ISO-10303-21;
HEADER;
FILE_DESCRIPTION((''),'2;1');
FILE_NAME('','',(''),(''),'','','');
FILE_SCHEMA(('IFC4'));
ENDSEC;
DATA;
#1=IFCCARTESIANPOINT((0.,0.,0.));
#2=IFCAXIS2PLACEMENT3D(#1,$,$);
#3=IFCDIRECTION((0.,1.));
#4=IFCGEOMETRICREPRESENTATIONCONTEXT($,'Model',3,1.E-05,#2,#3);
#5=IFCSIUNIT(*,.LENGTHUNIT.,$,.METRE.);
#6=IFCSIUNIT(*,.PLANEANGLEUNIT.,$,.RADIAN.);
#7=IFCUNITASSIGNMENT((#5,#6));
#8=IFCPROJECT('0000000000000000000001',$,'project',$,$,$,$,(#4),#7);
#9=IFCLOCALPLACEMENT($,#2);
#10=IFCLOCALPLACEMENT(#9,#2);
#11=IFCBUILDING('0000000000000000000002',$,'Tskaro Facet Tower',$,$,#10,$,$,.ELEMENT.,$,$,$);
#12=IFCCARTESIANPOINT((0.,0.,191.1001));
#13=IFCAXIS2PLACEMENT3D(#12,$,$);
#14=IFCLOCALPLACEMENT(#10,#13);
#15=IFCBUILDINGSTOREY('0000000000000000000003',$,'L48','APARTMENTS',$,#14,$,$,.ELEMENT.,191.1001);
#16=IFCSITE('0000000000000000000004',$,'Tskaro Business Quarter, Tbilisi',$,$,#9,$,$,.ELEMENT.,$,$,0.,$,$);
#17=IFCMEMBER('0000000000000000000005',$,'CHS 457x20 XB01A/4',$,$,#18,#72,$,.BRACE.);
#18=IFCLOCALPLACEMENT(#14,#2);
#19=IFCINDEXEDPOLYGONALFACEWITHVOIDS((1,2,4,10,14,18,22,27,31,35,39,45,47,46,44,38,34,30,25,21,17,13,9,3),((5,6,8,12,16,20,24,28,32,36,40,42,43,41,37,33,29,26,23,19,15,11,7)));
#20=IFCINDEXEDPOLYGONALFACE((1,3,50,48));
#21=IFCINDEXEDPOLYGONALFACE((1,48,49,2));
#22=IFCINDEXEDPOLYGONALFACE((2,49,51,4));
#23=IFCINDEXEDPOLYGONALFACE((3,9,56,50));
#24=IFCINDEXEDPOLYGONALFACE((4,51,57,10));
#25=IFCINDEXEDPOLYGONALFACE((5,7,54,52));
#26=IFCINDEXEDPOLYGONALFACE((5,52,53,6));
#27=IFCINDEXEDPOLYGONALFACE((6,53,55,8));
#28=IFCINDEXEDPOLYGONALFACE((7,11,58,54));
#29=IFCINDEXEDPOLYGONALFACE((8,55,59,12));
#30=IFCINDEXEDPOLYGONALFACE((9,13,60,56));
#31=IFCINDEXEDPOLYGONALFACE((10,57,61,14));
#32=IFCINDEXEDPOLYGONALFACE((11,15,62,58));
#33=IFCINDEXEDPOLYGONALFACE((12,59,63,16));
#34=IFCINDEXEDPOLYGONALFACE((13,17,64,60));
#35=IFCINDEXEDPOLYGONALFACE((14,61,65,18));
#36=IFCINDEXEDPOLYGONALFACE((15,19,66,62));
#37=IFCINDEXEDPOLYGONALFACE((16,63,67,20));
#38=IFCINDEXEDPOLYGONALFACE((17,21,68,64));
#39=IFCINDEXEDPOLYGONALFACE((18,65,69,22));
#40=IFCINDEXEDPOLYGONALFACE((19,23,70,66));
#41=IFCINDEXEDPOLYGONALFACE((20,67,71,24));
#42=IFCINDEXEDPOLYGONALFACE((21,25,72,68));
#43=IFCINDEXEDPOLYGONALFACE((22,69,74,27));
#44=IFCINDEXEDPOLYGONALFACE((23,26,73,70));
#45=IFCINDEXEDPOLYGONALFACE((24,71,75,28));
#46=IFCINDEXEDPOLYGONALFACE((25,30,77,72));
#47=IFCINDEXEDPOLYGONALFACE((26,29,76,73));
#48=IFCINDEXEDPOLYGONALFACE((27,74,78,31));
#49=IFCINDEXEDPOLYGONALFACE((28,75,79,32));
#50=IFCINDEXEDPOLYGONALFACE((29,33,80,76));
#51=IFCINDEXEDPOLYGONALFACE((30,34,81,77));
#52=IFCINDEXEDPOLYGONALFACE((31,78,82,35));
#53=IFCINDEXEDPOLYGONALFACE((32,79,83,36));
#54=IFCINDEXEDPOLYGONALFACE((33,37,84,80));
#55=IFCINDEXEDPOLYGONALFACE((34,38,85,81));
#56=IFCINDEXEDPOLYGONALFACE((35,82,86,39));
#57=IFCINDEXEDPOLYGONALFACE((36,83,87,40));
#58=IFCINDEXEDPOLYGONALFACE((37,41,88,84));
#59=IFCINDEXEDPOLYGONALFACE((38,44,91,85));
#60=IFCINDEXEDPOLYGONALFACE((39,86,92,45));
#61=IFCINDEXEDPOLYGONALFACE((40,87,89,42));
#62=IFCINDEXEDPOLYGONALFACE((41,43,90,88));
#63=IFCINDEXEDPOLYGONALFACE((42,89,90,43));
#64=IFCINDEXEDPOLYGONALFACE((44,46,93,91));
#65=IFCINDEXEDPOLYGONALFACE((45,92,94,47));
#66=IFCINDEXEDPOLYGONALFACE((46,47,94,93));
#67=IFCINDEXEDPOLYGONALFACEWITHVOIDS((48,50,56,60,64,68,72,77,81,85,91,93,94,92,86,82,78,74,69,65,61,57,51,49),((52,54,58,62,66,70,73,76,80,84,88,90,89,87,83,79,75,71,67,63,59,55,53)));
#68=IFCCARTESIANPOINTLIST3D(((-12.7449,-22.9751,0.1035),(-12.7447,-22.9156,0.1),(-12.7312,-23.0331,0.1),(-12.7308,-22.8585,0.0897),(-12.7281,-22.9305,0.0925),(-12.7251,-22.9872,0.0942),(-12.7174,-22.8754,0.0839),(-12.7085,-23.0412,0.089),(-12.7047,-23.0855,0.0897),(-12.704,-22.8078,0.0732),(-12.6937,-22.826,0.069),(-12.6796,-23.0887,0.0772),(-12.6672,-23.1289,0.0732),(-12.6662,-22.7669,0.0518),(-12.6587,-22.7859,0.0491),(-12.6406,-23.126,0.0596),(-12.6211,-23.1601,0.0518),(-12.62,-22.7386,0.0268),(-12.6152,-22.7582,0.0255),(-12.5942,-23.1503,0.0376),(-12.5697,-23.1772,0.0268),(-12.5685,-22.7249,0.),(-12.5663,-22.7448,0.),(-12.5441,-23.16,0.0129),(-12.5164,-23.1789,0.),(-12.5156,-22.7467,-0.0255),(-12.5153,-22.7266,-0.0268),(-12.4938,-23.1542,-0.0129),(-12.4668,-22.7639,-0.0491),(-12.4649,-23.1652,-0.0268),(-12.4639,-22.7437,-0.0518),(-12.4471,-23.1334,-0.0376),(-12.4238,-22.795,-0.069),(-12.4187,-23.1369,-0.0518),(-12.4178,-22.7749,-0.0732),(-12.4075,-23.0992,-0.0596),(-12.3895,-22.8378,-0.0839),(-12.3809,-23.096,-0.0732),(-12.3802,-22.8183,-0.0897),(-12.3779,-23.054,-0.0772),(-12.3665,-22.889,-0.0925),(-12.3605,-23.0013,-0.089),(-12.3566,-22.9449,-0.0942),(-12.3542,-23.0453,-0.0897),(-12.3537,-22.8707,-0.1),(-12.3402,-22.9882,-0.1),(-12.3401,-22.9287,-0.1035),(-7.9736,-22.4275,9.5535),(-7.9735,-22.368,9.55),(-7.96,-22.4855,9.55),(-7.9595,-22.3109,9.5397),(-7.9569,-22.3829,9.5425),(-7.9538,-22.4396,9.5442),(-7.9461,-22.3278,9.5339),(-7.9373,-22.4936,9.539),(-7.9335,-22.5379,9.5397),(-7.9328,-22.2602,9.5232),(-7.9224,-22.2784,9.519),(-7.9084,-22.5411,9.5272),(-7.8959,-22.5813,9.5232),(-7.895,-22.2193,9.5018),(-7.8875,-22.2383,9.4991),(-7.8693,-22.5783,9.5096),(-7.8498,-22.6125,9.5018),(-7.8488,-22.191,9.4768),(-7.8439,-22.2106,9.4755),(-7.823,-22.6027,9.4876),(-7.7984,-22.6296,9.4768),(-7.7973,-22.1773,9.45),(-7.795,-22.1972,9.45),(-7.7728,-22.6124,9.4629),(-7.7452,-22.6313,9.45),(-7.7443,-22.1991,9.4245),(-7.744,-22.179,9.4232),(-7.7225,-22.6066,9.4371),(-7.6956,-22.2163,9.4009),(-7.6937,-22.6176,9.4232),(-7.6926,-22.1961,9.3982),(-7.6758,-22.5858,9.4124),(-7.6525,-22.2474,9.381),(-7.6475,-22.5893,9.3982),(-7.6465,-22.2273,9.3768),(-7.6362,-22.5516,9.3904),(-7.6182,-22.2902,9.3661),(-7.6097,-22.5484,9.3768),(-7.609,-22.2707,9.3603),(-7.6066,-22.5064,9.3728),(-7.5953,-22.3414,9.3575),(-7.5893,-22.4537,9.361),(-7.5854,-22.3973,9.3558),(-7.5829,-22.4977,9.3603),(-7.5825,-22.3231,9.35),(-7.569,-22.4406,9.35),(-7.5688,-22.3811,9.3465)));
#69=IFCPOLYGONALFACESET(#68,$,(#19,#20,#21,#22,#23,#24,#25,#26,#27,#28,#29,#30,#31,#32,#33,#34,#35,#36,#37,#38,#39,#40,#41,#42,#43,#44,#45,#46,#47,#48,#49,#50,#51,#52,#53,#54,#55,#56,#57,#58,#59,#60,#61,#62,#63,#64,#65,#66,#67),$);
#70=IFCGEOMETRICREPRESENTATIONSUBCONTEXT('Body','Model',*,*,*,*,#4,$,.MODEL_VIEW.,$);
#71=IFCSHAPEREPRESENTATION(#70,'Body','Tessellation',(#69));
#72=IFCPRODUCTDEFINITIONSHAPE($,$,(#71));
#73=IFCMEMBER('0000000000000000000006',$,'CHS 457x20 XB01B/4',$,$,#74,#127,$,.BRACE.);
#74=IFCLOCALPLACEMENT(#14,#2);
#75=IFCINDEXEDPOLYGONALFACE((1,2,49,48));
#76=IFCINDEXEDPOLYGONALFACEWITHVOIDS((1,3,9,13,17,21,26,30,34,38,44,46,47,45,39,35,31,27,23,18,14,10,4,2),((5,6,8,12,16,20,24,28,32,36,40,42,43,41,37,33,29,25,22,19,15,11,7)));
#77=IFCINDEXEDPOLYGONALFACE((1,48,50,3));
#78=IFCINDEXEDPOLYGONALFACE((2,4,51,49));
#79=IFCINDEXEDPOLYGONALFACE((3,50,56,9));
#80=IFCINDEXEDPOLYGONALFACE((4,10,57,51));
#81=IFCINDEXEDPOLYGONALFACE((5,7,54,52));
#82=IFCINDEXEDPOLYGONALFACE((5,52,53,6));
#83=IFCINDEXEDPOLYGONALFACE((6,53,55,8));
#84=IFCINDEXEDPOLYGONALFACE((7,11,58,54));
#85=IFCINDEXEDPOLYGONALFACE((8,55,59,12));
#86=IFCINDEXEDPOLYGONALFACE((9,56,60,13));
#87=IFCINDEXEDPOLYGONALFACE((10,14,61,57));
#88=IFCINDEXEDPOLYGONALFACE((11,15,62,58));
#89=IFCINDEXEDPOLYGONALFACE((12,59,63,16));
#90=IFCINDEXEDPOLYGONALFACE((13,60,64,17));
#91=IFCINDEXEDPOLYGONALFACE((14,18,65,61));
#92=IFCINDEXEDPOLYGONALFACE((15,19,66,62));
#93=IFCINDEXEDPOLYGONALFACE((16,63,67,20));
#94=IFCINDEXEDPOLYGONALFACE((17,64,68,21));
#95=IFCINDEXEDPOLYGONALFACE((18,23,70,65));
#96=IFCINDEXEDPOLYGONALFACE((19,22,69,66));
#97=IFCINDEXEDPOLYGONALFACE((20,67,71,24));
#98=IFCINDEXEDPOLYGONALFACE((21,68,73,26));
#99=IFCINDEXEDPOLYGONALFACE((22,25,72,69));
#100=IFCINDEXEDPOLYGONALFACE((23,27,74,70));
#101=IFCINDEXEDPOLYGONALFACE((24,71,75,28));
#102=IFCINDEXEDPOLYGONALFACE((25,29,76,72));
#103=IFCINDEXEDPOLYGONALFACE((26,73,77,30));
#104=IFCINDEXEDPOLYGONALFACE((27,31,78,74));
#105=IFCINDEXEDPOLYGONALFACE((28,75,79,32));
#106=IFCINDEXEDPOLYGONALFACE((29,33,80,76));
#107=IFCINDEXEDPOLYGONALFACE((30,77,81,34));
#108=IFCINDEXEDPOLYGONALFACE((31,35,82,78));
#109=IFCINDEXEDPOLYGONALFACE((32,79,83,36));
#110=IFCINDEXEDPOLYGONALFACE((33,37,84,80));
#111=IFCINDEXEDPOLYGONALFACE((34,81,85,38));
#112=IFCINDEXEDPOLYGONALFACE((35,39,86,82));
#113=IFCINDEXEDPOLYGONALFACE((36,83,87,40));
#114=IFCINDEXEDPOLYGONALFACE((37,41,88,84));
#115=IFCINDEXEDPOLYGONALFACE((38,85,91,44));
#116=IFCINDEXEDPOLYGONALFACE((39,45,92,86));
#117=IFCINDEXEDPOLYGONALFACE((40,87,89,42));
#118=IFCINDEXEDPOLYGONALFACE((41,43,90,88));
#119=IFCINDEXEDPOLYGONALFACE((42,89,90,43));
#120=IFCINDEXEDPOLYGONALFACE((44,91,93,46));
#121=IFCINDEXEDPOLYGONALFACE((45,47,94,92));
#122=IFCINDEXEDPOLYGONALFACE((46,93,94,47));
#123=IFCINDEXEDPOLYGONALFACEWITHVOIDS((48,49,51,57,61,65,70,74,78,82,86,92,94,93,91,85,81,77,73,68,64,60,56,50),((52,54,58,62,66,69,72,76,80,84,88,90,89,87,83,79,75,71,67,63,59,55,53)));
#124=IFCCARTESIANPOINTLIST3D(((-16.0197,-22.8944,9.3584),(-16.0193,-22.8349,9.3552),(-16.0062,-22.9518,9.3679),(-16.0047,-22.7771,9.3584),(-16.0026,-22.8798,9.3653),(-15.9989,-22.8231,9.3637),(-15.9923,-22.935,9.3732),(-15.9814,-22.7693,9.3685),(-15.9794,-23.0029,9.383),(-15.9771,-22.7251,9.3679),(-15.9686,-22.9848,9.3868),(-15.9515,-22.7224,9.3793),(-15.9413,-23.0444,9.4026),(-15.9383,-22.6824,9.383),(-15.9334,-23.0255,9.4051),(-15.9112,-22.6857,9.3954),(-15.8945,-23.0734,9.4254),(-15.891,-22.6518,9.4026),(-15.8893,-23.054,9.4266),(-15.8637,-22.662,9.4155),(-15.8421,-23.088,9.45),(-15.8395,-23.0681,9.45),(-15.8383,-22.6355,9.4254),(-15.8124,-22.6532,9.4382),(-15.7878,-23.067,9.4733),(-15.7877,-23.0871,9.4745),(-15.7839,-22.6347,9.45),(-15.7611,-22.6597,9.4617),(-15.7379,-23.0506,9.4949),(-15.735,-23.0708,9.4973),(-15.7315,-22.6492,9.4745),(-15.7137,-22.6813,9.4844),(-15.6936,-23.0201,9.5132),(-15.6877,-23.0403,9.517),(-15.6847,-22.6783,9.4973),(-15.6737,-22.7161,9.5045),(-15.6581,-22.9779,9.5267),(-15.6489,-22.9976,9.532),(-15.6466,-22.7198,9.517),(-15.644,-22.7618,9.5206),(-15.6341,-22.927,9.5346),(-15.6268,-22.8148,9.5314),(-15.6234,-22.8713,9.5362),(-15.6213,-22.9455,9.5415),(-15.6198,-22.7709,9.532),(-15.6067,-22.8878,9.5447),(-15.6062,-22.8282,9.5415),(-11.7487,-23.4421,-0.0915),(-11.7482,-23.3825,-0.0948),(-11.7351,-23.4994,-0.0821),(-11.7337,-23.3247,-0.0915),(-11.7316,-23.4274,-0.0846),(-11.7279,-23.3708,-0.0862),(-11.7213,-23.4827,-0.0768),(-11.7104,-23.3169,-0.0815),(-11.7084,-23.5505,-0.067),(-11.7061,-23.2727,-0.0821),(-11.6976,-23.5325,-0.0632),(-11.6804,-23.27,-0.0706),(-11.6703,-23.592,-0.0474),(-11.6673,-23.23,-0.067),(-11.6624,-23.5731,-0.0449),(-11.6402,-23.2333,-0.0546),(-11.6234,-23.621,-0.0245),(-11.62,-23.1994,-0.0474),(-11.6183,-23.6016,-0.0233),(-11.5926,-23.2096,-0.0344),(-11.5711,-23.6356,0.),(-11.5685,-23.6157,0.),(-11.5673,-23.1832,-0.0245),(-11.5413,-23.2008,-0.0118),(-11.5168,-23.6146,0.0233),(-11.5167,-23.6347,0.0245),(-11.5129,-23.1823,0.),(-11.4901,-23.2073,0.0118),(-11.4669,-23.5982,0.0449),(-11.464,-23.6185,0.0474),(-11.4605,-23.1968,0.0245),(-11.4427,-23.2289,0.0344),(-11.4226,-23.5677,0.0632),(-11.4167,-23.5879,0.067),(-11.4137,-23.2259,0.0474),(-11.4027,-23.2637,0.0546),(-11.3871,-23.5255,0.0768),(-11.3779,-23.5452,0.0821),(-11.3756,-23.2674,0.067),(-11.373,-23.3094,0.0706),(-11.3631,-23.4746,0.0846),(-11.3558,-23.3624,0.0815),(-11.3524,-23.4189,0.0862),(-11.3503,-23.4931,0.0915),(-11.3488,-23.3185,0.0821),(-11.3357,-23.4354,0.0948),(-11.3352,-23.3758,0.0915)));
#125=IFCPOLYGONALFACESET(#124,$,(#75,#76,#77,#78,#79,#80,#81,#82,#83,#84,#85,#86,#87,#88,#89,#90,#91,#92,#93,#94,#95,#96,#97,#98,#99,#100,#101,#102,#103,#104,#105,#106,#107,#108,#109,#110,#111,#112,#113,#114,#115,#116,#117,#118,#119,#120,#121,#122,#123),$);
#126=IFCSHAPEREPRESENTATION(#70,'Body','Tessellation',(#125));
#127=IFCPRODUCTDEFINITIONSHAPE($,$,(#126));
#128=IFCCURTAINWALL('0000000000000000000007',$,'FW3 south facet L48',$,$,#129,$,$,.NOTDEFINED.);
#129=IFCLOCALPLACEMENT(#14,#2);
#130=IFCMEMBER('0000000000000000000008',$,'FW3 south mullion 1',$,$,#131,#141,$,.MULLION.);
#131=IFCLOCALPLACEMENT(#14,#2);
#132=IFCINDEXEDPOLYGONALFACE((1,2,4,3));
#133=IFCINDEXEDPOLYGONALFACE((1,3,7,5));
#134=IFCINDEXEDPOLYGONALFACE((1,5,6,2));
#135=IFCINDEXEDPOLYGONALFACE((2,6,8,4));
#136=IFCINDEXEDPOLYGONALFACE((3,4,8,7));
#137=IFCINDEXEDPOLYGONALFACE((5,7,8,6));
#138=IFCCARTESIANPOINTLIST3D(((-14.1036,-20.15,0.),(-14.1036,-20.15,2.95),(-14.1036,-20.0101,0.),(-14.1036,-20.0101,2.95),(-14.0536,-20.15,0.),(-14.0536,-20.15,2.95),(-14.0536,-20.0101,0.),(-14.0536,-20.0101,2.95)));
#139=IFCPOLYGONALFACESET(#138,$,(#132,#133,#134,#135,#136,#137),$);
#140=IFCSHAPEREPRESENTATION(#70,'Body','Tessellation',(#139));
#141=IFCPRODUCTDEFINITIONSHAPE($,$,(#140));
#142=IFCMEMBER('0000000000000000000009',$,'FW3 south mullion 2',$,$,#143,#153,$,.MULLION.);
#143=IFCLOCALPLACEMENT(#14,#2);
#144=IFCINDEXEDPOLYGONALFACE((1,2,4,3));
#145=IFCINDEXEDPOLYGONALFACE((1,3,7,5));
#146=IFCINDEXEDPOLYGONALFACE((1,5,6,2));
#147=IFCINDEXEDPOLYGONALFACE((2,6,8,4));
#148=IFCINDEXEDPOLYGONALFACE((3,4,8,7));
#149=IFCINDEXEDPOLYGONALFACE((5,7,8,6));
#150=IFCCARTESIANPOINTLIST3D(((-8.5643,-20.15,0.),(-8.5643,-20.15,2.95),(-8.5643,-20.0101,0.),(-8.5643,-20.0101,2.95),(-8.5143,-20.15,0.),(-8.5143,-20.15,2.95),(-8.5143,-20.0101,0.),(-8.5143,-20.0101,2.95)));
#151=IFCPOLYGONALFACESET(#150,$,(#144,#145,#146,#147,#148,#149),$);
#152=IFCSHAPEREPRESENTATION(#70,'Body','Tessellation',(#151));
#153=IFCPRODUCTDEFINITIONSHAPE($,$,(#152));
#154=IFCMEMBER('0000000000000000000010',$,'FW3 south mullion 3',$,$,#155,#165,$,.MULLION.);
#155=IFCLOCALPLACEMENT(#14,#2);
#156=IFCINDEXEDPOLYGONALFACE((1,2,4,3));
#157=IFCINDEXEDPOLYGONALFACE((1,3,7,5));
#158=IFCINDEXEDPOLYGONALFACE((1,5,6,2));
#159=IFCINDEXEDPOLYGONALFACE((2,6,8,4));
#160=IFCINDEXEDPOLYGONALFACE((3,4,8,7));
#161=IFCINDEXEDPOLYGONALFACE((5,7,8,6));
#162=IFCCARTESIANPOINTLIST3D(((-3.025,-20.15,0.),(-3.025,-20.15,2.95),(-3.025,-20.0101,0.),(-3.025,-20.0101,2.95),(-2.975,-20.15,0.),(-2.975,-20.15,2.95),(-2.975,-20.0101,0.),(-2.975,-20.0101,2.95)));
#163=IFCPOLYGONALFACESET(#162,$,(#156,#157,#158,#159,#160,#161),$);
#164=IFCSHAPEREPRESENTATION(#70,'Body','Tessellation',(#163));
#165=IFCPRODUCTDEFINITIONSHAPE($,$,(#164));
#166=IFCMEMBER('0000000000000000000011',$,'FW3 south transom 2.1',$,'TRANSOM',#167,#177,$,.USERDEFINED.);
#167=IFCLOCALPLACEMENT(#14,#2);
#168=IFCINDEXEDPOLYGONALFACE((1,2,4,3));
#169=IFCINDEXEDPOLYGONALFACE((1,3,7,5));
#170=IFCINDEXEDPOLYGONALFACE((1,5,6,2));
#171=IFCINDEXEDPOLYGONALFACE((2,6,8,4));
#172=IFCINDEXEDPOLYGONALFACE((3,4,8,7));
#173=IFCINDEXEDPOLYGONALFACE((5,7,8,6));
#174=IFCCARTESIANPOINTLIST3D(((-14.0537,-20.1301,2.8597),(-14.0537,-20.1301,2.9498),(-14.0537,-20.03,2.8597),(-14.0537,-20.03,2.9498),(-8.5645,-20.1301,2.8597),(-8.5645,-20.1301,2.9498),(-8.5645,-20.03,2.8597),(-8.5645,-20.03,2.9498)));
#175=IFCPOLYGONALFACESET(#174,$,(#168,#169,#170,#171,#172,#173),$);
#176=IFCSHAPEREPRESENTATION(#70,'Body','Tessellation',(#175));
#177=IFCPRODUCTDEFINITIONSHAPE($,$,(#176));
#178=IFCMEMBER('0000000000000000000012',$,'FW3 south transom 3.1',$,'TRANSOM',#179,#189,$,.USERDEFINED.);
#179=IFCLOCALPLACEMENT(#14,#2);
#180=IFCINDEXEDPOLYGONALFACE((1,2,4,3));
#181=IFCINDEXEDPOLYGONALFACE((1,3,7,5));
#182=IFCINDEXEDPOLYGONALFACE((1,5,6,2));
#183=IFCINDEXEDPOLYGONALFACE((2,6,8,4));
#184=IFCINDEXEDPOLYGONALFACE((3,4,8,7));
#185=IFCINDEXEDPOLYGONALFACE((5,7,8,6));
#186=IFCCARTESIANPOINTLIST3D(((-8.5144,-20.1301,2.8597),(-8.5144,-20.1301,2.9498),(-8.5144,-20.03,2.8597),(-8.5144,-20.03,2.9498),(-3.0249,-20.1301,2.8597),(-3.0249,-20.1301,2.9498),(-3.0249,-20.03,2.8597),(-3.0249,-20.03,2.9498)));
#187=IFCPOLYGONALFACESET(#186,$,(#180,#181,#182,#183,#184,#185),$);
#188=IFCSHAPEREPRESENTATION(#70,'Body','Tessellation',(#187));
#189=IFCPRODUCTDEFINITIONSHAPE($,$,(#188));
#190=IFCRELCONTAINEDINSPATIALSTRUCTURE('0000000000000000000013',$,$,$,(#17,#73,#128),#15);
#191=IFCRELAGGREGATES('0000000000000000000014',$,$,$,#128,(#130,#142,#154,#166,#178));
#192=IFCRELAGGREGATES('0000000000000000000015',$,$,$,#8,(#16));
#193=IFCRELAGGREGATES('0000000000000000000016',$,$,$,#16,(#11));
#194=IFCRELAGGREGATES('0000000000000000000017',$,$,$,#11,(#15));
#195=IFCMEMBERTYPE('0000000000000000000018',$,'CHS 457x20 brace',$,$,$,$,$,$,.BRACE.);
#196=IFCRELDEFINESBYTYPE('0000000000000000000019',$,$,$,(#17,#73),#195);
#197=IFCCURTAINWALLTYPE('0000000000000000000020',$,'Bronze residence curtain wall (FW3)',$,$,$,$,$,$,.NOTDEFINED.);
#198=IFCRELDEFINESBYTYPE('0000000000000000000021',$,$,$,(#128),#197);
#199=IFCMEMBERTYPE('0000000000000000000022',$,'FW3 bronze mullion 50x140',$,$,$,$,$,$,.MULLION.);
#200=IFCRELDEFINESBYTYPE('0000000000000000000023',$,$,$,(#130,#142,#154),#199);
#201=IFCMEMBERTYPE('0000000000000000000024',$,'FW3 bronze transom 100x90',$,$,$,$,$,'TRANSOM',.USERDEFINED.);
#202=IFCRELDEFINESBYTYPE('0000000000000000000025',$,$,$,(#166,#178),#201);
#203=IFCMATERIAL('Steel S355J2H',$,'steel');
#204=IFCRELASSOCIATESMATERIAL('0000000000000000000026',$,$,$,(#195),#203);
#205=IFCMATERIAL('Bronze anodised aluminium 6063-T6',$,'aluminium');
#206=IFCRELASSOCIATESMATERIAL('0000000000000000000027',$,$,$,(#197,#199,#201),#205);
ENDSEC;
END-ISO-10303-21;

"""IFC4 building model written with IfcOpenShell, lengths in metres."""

from ifc_helpers import new_model, si_unit, direction, frame, origin, origin_2d, place, context, subcontext, project, spatial, rectangle, hollow_circle, extrude, material, material_profile, profile_set, type_object, element, aggregate, save


model = new_model("IFC4")

# Units and contexts
model_context = context("Model", 3, precision=1e-05, world=origin(), true_north=direction((0.0, 1.0)))
body_context = subcontext(model_context, "Body", "Model", "MODEL_VIEW")
ifc_project = project(units=[si_unit("LENGTHUNIT", "METRE"), si_unit("PLANEANGLEUNIT", "RADIAN")], contexts=[model_context])

# Site, building, storey
site_placement = place(None, origin())
site = spatial("IfcSite", under=ifc_project, at=site_placement, Name="Tskaro Business Quarter, Tbilisi", CompositionType="ELEMENT", RefElevation=0.0)
building_placement = place(site_placement, origin())
building = spatial("IfcBuilding", under=site, at=building_placement, Name="Tskaro Facet Tower", CompositionType="ELEMENT")
storey_placement = place(building_placement, frame((0.0, 0.0, 191.1001)))
storey = spatial("IfcBuildingStorey", under=building, at=storey_placement, Name="L48", Description="APARTMENTS", CompositionType="ELEMENT", Elevation=191.1001)

# Shared definitions
ifc_material_1 = material(Name="Steel S355J2H", Category="steel")

# Members
ifc_material_profile_1 = material_profile(ifc_material_1, hollow_circle(Radius=0.2285, WallThickness=0.02, at=origin_2d()), Name="CHS 457x20")
ifc_profile_set_1 = profile_set([ifc_material_profile_1], Name="Steel S355J2H")
member_type_1 = type_object("IfcMemberType", Name="CHS 457x20 brace", PredefinedType="BRACE", material=ifc_profile_set_1)
member_1_placement = place(storey_placement, frame((-12.5425, -22.9519, 0.0), z_axis=(0.450105, 0.05166, 0.89148), x_axis=(-0.114024, 0.993478, 0.0)))
element("IfcMember", 1, at=member_1_placement, inside=storey, type_object=member_type_1, Name="CHS 457x20 XB01A/4", PredefinedType="BRACE", context=body_context, shape_type="SweptSolid", body=[
    extrude(hollow_circle(Radius=0.2285, WallThickness=0.02, at=origin_2d()), origin(), (0.0, 0.0, 1.0), 10.6003),
])
member_2_placement = place(storey_placement, frame((-11.542, -23.4089, 0.0), z_axis=(-0.411276, 0.052732, 0.909984), x_axis=(-0.127174, -0.99188, 0.0)))
element("IfcMember", 2, at=member_2_placement, inside=storey, type_object=member_type_1, Name="CHS 457x20 XB01B/4", PredefinedType="BRACE", context=body_context, shape_type="SweptSolid", body=[
    extrude(hollow_circle(Radius=0.2285, WallThickness=0.02, at=origin_2d()), origin(), (0.0, 0.0, 1.0), 10.3848),
])

# Curtain wall, members
ifc_material_2 = material(Name="Bronze anodised aluminium 6063-T6", Category="aluminium")
curtain_wall_type = type_object("IfcCurtainWallType", Name="Bronze residence curtain wall (FW3)", PredefinedType="NOTDEFINED", material=ifc_material_2)
curtain_wall_placement = place(storey_placement, origin())
curtain_wall = element("IfcCurtainWall", 3, at=curtain_wall_placement, inside=storey, type_object=curtain_wall_type, Name="FW3 south facet L48", PredefinedType="NOTDEFINED")
ifc_material_profile_2 = material_profile(ifc_material_2, rectangle(XDim=0.05, YDim=0.1399, at=origin_2d()), Name="Mullion 50x140")
ifc_profile_set_2 = profile_set([ifc_material_profile_2], Name="Bronze anodised aluminium 6063-T6")
member_type_2 = type_object("IfcMemberType", Name="FW3 bronze mullion 50x140", PredefinedType="MULLION", material=ifc_profile_set_2)
member_3_placement = place(storey_placement, frame((-14.0786, -20.0801, 0.0), z_axis=(0.0, 0.0, 1.0), x_axis=(1.0, 0.0, 0.0)))
member_3 = element("IfcMember", 4, at=member_3_placement, type_object=member_type_2, Name="FW3 south mullion 1", PredefinedType="MULLION", context=body_context, shape_type="SweptSolid", body=[
    extrude(rectangle(XDim=0.05, YDim=0.1399, at=origin_2d()), origin(), (0.0, 0.0, 1.0), 2.95),
])
member_4_placement = place(storey_placement, frame((-8.5393, -20.0801, 0.0), z_axis=(0.0, 0.0, 1.0), x_axis=(1.0, 0.0, 0.0)))
member_4 = element("IfcMember", 5, at=member_4_placement, type_object=member_type_2, Name="FW3 south mullion 2", PredefinedType="MULLION", context=body_context, shape_type="SweptSolid", body=[
    extrude(rectangle(XDim=0.05, YDim=0.1399, at=origin_2d()), origin(), (0.0, 0.0, 1.0), 2.95),
])
member_5_placement = place(storey_placement, frame((-3.0, -20.0801, 0.0), z_axis=(0.0, 0.0, 1.0), x_axis=(1.0, 0.0, 0.0)))
member_5 = element("IfcMember", 6, at=member_5_placement, type_object=member_type_2, Name="FW3 south mullion 3", PredefinedType="MULLION", context=body_context, shape_type="SweptSolid", body=[
    extrude(rectangle(XDim=0.05, YDim=0.1399, at=origin_2d()), origin(), (0.0, 0.0, 1.0), 2.95),
])
ifc_material_profile_3 = material_profile(ifc_material_2, rectangle(XDim=0.1001, YDim=0.0901, at=origin_2d()), Name="Transom 100x90")
ifc_profile_set_3 = profile_set([ifc_material_profile_3], Name="Bronze anodised aluminium 6063-T6")
member_type_3 = type_object("IfcMemberType", Name="FW3 bronze transom 100x90", ElementType="TRANSOM", PredefinedType="USERDEFINED", material=ifc_profile_set_3)
member_6_placement = place(storey_placement, frame((-14.0537, -20.0801, 2.9048), z_axis=(1.0, 0.0, 0.0), x_axis=(0.0, 1.0, 0.0)))
member_6 = element("IfcMember", 7, at=member_6_placement, type_object=member_type_3, Name="FW3 south transom 2.1", ObjectType="TRANSOM", PredefinedType="USERDEFINED", context=body_context, shape_type="SweptSolid", body=[
    extrude(rectangle(XDim=0.1001, YDim=0.0901, at=origin_2d()), origin(), (0.0, 0.0, 1.0), 5.4893),
])
member_7_placement = place(storey_placement, frame((-8.5144, -20.0801, 2.9048), z_axis=(1.0, 0.0, 0.0), x_axis=(0.0, 1.0, 0.0)))
member_7 = element("IfcMember", 8, at=member_7_placement, type_object=member_type_3, Name="FW3 south transom 3.1", ObjectType="TRANSOM", PredefinedType="USERDEFINED", context=body_context, shape_type="SweptSolid", body=[
    extrude(rectangle(XDim=0.1001, YDim=0.0901, at=origin_2d()), origin(), (0.0, 0.0, 1.0), 5.4895),
])

aggregate(curtain_wall, [member_3, member_4, member_5, member_6, member_7])

save(model, "model.ifc")
